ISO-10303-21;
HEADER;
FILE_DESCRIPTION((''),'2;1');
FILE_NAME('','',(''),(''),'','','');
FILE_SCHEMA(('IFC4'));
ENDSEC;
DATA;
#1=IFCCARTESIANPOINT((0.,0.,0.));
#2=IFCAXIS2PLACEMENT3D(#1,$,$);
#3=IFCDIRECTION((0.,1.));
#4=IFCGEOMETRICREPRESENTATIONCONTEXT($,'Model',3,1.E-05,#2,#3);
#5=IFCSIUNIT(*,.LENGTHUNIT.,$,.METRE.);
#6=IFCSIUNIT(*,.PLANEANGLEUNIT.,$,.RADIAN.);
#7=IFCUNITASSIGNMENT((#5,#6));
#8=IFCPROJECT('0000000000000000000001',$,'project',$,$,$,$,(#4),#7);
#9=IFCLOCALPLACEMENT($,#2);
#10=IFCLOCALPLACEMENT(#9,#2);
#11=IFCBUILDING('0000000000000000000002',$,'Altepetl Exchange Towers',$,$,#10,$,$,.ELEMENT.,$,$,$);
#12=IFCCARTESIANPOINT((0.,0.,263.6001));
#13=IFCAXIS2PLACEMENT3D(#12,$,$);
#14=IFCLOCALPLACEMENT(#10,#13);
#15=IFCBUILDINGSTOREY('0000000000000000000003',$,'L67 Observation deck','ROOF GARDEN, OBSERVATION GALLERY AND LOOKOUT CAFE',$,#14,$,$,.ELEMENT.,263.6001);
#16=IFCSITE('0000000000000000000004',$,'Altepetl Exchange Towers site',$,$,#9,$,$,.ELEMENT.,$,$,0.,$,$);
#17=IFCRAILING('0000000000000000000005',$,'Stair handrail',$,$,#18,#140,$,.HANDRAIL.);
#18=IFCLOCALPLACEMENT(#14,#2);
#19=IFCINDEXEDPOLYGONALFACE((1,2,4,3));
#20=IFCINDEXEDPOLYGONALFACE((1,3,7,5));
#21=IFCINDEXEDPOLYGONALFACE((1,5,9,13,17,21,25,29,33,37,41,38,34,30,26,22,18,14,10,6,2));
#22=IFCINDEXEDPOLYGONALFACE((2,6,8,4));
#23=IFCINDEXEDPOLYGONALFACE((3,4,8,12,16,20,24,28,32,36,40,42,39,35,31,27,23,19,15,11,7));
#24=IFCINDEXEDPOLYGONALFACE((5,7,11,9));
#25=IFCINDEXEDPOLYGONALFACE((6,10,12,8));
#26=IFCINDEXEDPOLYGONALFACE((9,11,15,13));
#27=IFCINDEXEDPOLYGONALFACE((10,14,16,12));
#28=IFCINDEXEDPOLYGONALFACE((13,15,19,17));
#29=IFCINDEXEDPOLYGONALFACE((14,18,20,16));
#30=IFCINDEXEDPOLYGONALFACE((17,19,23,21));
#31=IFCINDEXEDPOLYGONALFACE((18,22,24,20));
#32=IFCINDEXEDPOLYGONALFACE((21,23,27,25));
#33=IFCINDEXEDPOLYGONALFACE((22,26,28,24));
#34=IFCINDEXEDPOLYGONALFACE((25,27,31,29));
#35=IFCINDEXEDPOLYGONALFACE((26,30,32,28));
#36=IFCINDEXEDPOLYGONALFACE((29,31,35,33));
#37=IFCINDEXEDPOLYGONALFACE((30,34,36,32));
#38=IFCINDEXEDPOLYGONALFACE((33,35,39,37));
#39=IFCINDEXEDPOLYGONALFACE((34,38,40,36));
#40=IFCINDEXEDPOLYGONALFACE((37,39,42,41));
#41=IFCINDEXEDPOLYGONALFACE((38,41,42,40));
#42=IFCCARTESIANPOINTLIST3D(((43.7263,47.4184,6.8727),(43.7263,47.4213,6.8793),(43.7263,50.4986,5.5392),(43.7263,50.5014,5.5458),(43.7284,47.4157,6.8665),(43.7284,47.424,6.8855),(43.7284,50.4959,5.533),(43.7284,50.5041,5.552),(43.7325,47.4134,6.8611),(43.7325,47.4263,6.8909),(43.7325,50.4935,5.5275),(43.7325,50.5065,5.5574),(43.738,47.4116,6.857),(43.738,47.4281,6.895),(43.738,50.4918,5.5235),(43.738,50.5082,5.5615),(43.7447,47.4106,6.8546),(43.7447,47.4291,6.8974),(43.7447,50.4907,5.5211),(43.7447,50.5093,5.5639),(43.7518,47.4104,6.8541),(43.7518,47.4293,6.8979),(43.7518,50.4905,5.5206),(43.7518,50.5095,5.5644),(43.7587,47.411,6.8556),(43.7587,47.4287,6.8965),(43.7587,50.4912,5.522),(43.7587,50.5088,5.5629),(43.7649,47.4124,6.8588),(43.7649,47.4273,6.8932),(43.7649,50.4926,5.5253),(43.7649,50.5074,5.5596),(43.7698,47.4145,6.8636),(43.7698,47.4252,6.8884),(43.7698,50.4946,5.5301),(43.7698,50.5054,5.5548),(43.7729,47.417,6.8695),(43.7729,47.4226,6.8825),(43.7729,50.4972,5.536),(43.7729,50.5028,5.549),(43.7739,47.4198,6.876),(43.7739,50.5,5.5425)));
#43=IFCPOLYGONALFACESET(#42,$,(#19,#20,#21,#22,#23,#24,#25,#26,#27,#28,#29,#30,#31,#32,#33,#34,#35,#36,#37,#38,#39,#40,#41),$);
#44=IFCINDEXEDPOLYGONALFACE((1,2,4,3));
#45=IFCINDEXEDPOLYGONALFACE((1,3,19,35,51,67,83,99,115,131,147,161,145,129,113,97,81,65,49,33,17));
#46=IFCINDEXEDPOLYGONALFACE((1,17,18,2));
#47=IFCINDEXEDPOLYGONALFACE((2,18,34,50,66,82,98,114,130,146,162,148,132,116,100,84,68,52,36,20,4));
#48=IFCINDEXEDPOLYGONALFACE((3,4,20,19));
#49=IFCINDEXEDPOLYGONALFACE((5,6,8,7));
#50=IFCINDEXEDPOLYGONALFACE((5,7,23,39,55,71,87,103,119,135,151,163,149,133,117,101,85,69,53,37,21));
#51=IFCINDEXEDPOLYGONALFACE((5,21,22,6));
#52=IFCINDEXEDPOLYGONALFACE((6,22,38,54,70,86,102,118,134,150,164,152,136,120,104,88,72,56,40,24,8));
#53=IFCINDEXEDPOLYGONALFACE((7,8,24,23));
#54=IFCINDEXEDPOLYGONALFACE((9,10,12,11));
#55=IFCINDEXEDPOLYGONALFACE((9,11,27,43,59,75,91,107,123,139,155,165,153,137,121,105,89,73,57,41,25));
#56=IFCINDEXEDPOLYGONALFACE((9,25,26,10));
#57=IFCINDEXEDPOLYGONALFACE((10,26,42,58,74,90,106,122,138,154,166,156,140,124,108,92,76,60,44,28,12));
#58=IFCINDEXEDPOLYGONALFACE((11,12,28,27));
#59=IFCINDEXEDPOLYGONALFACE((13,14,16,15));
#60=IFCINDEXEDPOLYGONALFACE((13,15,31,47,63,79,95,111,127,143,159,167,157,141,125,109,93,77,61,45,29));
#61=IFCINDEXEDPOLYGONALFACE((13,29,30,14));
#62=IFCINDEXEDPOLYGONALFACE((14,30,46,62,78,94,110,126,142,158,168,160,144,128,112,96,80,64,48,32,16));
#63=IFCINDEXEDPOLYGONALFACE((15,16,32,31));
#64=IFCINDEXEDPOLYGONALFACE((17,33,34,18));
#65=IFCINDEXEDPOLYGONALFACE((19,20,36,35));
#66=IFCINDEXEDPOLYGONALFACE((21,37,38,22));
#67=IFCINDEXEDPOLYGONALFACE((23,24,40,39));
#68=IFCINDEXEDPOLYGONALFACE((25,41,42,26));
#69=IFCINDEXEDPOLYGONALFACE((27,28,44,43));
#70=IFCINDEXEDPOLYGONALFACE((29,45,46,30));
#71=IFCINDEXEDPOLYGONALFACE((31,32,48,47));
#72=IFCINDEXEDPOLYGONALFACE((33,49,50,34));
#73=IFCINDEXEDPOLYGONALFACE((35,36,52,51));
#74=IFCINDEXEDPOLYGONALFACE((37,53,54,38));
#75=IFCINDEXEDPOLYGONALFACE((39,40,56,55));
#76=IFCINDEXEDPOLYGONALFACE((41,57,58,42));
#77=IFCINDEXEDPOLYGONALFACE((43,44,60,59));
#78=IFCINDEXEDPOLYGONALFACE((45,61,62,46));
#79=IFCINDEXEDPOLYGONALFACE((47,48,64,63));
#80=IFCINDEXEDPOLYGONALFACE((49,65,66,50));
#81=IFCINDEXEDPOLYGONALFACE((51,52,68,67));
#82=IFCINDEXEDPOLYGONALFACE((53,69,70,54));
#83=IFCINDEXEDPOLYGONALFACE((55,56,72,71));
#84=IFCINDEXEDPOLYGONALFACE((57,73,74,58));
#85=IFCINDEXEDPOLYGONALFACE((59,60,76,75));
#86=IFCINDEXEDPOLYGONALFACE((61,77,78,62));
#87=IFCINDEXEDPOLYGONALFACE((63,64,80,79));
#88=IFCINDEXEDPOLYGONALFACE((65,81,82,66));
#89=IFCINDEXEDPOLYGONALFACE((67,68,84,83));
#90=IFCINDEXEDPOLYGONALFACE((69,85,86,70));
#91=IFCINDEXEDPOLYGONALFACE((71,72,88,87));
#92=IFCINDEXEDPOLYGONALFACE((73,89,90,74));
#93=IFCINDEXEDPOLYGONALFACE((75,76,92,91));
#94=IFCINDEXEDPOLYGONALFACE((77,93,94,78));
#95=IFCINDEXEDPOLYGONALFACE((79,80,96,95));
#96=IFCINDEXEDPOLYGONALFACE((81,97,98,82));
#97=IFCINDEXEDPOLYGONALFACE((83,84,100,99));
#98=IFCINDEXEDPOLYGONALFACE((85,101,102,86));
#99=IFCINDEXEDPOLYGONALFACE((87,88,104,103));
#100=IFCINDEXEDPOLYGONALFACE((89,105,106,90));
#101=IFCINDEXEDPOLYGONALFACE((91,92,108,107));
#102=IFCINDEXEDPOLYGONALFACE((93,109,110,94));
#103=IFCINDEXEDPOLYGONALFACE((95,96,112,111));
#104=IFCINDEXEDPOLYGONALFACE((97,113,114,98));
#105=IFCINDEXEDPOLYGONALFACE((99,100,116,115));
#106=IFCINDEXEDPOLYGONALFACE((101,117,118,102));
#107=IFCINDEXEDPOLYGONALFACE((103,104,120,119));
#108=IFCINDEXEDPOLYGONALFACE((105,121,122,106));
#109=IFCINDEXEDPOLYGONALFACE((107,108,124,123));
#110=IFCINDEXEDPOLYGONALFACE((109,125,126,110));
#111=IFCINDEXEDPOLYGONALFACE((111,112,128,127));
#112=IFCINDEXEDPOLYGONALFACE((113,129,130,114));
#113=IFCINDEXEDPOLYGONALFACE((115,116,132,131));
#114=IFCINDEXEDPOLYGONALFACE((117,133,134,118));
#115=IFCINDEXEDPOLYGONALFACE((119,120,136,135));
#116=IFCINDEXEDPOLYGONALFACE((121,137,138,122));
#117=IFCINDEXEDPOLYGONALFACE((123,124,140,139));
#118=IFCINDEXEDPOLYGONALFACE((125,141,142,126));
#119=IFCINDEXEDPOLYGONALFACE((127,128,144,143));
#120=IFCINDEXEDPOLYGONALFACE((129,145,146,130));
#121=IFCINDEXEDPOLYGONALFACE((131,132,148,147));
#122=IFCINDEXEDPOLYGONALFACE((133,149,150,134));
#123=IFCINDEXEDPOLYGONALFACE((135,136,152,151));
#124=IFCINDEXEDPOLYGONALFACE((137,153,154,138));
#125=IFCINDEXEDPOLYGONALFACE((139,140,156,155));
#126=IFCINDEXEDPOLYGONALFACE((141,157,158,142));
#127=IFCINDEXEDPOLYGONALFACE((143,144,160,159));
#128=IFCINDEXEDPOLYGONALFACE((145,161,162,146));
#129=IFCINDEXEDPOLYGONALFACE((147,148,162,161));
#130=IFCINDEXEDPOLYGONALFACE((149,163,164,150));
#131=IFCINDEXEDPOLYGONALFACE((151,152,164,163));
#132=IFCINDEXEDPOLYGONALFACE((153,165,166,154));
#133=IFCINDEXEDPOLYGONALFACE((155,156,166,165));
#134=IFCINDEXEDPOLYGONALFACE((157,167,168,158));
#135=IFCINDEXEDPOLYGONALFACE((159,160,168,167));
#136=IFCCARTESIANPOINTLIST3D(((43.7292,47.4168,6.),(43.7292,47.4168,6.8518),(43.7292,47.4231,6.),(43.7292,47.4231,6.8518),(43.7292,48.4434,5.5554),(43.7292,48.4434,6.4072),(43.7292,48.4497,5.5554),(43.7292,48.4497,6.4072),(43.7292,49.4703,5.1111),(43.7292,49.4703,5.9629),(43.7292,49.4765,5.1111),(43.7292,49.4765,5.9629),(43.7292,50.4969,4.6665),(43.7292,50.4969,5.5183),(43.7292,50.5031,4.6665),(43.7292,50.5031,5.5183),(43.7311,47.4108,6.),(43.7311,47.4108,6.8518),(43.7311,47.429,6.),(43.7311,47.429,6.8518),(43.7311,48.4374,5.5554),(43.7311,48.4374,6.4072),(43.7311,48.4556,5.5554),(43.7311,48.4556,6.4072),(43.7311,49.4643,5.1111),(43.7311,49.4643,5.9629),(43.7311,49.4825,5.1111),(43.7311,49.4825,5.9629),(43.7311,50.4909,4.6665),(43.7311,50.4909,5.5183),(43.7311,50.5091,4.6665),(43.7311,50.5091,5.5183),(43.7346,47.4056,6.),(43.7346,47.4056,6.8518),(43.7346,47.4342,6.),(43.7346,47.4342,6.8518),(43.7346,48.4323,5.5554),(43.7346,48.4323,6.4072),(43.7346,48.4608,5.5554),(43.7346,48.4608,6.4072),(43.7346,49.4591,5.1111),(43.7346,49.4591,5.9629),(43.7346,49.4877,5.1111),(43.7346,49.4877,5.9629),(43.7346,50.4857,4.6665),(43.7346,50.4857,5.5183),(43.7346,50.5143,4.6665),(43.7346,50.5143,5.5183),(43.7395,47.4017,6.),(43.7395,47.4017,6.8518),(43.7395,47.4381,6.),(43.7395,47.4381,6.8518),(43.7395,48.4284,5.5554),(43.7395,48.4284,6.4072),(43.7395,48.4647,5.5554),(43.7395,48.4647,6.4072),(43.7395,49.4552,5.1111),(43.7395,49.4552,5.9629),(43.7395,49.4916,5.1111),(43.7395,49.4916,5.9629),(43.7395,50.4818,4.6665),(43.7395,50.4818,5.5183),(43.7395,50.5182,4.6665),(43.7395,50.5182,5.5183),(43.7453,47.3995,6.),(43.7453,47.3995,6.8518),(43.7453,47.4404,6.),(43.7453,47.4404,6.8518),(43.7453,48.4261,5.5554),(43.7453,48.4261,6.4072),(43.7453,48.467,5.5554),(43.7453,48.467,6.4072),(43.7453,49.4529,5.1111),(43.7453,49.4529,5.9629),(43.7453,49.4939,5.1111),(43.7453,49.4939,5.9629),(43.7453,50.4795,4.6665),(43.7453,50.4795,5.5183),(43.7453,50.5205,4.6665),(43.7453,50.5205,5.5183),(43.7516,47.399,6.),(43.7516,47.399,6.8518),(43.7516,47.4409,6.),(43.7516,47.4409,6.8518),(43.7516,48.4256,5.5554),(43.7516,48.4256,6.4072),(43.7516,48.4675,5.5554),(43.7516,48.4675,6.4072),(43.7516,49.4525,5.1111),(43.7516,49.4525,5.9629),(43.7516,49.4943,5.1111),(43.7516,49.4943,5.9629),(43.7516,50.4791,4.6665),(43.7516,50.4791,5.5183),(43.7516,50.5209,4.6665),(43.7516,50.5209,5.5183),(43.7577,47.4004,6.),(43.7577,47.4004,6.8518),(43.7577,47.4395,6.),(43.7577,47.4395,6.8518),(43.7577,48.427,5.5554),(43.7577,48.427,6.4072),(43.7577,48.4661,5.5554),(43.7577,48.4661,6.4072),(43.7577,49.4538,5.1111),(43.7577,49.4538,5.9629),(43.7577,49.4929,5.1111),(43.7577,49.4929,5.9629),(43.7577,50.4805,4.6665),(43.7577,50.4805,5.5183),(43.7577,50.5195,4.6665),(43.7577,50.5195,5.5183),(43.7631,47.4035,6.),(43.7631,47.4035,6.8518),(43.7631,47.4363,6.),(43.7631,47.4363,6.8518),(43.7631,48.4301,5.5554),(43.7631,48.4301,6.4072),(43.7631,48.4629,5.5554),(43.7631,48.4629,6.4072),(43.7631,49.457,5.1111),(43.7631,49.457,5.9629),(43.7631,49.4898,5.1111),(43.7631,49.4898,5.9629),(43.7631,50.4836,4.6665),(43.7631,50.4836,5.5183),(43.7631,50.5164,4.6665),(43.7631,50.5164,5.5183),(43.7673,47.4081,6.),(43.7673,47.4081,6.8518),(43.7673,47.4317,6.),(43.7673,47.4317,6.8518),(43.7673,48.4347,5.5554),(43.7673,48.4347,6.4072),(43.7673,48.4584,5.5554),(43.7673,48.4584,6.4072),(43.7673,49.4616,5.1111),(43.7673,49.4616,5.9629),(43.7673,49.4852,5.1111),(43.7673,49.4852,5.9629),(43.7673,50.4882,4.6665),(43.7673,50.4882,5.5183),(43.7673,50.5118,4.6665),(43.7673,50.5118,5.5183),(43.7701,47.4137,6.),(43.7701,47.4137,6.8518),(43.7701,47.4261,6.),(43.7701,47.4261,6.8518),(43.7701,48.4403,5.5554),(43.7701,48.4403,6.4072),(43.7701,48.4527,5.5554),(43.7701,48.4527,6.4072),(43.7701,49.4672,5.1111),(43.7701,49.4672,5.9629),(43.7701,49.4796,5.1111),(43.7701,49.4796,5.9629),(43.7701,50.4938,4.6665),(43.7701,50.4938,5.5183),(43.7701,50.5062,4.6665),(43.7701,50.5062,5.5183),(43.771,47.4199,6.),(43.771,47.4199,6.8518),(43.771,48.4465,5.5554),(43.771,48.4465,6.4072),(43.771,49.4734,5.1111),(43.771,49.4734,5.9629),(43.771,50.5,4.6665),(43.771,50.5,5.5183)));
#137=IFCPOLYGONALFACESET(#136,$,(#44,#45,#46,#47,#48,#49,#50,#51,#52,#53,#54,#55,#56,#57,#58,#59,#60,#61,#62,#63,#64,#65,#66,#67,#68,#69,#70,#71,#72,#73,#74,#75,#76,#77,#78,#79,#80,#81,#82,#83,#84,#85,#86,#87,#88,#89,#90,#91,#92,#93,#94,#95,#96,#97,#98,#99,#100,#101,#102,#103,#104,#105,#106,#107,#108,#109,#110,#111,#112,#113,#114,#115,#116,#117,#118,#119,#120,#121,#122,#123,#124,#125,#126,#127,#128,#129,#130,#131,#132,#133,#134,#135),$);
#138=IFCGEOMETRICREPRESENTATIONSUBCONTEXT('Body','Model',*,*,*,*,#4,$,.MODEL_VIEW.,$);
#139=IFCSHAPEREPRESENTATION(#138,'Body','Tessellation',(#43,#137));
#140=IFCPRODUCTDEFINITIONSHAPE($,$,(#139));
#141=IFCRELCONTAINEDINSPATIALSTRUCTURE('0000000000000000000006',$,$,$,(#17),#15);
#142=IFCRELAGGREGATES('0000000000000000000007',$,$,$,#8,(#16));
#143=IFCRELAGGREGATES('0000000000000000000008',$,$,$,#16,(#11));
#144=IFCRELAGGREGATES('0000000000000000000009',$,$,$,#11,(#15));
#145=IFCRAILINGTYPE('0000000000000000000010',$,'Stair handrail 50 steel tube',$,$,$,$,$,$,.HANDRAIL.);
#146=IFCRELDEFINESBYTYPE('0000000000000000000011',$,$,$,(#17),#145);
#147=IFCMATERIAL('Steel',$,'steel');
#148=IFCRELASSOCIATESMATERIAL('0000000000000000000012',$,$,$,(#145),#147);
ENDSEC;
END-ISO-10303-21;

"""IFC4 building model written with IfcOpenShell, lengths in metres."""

from ifc_helpers import new_model, si_unit, direction, frame, origin, origin_2d, place, context, subcontext, project, spatial, circle, extrude, source, transform, mapped, material, type_object, element, save


model = new_model("IFC4")

# Units and contexts
model_context = context("Model", 3, precision=1e-05, world=origin(), true_north=direction((0.0, 1.0)))
body_context = subcontext(model_context, "Body", "Model", "MODEL_VIEW")
ifc_project = project(units=[si_unit("LENGTHUNIT", "METRE"), si_unit("PLANEANGLEUNIT", "RADIAN")], contexts=[model_context])

# Site, building, storey
site_placement = place(None, origin())
site = spatial("IfcSite", under=ifc_project, at=site_placement, Name="Altepetl Exchange Towers site", CompositionType="ELEMENT", RefElevation=0.0)
building_placement = place(site_placement, origin())
building = spatial("IfcBuilding", under=site, at=building_placement, Name="Altepetl Exchange Towers", CompositionType="ELEMENT")
storey_placement = place(building_placement, frame((0.0, 0.0, 263.6001)))
storey = spatial("IfcBuildingStorey", under=building, at=storey_placement, Name="L67 Observation deck", Description="ROOF GARDEN, OBSERVATION GALLERY AND LOOKOUT CAFE", CompositionType="ELEMENT", Elevation=263.6001)

# Railing
ifc_material_1 = material(Name="Steel", Category="steel")
railing_type = type_object("IfcRailingType", Name="Stair handrail 50 steel tube", PredefinedType="HANDRAIL", material=ifc_material_1)
shared_shape = source(origin(), body_context, "Body", "SweptSolid", [
    extrude(circle(Radius=0.021, at=origin_2d()), origin(), (0.0, 0.0, 1.0), 0.8518),
])
for number, where, name in (
    (1, (43.75, 50.5, 4.6665), "Stair handrail"),
):
    element("IfcRailing", number, at=place(storey_placement, frame(where)), inside=storey, type_object=railing_type, Name=name, PredefinedType="HANDRAIL", context=body_context, shape_type="SweptSolid", body=[
        extrude(circle(Radius=0.0239, at=origin_2d()), frame((0.0, 0.0, 0.876), z_axis=(0.0, -0.917686, 0.397305), x_axis=(1.0, 0.0, 0.0)), (0.0, 0.0, 1.0), 3.3564),
        mapped(shared_shape, transform((0.0, 0.0, 0.0))),
        mapped(shared_shape, transform((0.0, -1.0266, 0.4446))),
        mapped(shared_shape, transform((0.0, -2.0535, 0.8889))),
        mapped(shared_shape, transform((0.0, -3.0801, 1.3335))),
    ])

save(model, "model.ifc")
